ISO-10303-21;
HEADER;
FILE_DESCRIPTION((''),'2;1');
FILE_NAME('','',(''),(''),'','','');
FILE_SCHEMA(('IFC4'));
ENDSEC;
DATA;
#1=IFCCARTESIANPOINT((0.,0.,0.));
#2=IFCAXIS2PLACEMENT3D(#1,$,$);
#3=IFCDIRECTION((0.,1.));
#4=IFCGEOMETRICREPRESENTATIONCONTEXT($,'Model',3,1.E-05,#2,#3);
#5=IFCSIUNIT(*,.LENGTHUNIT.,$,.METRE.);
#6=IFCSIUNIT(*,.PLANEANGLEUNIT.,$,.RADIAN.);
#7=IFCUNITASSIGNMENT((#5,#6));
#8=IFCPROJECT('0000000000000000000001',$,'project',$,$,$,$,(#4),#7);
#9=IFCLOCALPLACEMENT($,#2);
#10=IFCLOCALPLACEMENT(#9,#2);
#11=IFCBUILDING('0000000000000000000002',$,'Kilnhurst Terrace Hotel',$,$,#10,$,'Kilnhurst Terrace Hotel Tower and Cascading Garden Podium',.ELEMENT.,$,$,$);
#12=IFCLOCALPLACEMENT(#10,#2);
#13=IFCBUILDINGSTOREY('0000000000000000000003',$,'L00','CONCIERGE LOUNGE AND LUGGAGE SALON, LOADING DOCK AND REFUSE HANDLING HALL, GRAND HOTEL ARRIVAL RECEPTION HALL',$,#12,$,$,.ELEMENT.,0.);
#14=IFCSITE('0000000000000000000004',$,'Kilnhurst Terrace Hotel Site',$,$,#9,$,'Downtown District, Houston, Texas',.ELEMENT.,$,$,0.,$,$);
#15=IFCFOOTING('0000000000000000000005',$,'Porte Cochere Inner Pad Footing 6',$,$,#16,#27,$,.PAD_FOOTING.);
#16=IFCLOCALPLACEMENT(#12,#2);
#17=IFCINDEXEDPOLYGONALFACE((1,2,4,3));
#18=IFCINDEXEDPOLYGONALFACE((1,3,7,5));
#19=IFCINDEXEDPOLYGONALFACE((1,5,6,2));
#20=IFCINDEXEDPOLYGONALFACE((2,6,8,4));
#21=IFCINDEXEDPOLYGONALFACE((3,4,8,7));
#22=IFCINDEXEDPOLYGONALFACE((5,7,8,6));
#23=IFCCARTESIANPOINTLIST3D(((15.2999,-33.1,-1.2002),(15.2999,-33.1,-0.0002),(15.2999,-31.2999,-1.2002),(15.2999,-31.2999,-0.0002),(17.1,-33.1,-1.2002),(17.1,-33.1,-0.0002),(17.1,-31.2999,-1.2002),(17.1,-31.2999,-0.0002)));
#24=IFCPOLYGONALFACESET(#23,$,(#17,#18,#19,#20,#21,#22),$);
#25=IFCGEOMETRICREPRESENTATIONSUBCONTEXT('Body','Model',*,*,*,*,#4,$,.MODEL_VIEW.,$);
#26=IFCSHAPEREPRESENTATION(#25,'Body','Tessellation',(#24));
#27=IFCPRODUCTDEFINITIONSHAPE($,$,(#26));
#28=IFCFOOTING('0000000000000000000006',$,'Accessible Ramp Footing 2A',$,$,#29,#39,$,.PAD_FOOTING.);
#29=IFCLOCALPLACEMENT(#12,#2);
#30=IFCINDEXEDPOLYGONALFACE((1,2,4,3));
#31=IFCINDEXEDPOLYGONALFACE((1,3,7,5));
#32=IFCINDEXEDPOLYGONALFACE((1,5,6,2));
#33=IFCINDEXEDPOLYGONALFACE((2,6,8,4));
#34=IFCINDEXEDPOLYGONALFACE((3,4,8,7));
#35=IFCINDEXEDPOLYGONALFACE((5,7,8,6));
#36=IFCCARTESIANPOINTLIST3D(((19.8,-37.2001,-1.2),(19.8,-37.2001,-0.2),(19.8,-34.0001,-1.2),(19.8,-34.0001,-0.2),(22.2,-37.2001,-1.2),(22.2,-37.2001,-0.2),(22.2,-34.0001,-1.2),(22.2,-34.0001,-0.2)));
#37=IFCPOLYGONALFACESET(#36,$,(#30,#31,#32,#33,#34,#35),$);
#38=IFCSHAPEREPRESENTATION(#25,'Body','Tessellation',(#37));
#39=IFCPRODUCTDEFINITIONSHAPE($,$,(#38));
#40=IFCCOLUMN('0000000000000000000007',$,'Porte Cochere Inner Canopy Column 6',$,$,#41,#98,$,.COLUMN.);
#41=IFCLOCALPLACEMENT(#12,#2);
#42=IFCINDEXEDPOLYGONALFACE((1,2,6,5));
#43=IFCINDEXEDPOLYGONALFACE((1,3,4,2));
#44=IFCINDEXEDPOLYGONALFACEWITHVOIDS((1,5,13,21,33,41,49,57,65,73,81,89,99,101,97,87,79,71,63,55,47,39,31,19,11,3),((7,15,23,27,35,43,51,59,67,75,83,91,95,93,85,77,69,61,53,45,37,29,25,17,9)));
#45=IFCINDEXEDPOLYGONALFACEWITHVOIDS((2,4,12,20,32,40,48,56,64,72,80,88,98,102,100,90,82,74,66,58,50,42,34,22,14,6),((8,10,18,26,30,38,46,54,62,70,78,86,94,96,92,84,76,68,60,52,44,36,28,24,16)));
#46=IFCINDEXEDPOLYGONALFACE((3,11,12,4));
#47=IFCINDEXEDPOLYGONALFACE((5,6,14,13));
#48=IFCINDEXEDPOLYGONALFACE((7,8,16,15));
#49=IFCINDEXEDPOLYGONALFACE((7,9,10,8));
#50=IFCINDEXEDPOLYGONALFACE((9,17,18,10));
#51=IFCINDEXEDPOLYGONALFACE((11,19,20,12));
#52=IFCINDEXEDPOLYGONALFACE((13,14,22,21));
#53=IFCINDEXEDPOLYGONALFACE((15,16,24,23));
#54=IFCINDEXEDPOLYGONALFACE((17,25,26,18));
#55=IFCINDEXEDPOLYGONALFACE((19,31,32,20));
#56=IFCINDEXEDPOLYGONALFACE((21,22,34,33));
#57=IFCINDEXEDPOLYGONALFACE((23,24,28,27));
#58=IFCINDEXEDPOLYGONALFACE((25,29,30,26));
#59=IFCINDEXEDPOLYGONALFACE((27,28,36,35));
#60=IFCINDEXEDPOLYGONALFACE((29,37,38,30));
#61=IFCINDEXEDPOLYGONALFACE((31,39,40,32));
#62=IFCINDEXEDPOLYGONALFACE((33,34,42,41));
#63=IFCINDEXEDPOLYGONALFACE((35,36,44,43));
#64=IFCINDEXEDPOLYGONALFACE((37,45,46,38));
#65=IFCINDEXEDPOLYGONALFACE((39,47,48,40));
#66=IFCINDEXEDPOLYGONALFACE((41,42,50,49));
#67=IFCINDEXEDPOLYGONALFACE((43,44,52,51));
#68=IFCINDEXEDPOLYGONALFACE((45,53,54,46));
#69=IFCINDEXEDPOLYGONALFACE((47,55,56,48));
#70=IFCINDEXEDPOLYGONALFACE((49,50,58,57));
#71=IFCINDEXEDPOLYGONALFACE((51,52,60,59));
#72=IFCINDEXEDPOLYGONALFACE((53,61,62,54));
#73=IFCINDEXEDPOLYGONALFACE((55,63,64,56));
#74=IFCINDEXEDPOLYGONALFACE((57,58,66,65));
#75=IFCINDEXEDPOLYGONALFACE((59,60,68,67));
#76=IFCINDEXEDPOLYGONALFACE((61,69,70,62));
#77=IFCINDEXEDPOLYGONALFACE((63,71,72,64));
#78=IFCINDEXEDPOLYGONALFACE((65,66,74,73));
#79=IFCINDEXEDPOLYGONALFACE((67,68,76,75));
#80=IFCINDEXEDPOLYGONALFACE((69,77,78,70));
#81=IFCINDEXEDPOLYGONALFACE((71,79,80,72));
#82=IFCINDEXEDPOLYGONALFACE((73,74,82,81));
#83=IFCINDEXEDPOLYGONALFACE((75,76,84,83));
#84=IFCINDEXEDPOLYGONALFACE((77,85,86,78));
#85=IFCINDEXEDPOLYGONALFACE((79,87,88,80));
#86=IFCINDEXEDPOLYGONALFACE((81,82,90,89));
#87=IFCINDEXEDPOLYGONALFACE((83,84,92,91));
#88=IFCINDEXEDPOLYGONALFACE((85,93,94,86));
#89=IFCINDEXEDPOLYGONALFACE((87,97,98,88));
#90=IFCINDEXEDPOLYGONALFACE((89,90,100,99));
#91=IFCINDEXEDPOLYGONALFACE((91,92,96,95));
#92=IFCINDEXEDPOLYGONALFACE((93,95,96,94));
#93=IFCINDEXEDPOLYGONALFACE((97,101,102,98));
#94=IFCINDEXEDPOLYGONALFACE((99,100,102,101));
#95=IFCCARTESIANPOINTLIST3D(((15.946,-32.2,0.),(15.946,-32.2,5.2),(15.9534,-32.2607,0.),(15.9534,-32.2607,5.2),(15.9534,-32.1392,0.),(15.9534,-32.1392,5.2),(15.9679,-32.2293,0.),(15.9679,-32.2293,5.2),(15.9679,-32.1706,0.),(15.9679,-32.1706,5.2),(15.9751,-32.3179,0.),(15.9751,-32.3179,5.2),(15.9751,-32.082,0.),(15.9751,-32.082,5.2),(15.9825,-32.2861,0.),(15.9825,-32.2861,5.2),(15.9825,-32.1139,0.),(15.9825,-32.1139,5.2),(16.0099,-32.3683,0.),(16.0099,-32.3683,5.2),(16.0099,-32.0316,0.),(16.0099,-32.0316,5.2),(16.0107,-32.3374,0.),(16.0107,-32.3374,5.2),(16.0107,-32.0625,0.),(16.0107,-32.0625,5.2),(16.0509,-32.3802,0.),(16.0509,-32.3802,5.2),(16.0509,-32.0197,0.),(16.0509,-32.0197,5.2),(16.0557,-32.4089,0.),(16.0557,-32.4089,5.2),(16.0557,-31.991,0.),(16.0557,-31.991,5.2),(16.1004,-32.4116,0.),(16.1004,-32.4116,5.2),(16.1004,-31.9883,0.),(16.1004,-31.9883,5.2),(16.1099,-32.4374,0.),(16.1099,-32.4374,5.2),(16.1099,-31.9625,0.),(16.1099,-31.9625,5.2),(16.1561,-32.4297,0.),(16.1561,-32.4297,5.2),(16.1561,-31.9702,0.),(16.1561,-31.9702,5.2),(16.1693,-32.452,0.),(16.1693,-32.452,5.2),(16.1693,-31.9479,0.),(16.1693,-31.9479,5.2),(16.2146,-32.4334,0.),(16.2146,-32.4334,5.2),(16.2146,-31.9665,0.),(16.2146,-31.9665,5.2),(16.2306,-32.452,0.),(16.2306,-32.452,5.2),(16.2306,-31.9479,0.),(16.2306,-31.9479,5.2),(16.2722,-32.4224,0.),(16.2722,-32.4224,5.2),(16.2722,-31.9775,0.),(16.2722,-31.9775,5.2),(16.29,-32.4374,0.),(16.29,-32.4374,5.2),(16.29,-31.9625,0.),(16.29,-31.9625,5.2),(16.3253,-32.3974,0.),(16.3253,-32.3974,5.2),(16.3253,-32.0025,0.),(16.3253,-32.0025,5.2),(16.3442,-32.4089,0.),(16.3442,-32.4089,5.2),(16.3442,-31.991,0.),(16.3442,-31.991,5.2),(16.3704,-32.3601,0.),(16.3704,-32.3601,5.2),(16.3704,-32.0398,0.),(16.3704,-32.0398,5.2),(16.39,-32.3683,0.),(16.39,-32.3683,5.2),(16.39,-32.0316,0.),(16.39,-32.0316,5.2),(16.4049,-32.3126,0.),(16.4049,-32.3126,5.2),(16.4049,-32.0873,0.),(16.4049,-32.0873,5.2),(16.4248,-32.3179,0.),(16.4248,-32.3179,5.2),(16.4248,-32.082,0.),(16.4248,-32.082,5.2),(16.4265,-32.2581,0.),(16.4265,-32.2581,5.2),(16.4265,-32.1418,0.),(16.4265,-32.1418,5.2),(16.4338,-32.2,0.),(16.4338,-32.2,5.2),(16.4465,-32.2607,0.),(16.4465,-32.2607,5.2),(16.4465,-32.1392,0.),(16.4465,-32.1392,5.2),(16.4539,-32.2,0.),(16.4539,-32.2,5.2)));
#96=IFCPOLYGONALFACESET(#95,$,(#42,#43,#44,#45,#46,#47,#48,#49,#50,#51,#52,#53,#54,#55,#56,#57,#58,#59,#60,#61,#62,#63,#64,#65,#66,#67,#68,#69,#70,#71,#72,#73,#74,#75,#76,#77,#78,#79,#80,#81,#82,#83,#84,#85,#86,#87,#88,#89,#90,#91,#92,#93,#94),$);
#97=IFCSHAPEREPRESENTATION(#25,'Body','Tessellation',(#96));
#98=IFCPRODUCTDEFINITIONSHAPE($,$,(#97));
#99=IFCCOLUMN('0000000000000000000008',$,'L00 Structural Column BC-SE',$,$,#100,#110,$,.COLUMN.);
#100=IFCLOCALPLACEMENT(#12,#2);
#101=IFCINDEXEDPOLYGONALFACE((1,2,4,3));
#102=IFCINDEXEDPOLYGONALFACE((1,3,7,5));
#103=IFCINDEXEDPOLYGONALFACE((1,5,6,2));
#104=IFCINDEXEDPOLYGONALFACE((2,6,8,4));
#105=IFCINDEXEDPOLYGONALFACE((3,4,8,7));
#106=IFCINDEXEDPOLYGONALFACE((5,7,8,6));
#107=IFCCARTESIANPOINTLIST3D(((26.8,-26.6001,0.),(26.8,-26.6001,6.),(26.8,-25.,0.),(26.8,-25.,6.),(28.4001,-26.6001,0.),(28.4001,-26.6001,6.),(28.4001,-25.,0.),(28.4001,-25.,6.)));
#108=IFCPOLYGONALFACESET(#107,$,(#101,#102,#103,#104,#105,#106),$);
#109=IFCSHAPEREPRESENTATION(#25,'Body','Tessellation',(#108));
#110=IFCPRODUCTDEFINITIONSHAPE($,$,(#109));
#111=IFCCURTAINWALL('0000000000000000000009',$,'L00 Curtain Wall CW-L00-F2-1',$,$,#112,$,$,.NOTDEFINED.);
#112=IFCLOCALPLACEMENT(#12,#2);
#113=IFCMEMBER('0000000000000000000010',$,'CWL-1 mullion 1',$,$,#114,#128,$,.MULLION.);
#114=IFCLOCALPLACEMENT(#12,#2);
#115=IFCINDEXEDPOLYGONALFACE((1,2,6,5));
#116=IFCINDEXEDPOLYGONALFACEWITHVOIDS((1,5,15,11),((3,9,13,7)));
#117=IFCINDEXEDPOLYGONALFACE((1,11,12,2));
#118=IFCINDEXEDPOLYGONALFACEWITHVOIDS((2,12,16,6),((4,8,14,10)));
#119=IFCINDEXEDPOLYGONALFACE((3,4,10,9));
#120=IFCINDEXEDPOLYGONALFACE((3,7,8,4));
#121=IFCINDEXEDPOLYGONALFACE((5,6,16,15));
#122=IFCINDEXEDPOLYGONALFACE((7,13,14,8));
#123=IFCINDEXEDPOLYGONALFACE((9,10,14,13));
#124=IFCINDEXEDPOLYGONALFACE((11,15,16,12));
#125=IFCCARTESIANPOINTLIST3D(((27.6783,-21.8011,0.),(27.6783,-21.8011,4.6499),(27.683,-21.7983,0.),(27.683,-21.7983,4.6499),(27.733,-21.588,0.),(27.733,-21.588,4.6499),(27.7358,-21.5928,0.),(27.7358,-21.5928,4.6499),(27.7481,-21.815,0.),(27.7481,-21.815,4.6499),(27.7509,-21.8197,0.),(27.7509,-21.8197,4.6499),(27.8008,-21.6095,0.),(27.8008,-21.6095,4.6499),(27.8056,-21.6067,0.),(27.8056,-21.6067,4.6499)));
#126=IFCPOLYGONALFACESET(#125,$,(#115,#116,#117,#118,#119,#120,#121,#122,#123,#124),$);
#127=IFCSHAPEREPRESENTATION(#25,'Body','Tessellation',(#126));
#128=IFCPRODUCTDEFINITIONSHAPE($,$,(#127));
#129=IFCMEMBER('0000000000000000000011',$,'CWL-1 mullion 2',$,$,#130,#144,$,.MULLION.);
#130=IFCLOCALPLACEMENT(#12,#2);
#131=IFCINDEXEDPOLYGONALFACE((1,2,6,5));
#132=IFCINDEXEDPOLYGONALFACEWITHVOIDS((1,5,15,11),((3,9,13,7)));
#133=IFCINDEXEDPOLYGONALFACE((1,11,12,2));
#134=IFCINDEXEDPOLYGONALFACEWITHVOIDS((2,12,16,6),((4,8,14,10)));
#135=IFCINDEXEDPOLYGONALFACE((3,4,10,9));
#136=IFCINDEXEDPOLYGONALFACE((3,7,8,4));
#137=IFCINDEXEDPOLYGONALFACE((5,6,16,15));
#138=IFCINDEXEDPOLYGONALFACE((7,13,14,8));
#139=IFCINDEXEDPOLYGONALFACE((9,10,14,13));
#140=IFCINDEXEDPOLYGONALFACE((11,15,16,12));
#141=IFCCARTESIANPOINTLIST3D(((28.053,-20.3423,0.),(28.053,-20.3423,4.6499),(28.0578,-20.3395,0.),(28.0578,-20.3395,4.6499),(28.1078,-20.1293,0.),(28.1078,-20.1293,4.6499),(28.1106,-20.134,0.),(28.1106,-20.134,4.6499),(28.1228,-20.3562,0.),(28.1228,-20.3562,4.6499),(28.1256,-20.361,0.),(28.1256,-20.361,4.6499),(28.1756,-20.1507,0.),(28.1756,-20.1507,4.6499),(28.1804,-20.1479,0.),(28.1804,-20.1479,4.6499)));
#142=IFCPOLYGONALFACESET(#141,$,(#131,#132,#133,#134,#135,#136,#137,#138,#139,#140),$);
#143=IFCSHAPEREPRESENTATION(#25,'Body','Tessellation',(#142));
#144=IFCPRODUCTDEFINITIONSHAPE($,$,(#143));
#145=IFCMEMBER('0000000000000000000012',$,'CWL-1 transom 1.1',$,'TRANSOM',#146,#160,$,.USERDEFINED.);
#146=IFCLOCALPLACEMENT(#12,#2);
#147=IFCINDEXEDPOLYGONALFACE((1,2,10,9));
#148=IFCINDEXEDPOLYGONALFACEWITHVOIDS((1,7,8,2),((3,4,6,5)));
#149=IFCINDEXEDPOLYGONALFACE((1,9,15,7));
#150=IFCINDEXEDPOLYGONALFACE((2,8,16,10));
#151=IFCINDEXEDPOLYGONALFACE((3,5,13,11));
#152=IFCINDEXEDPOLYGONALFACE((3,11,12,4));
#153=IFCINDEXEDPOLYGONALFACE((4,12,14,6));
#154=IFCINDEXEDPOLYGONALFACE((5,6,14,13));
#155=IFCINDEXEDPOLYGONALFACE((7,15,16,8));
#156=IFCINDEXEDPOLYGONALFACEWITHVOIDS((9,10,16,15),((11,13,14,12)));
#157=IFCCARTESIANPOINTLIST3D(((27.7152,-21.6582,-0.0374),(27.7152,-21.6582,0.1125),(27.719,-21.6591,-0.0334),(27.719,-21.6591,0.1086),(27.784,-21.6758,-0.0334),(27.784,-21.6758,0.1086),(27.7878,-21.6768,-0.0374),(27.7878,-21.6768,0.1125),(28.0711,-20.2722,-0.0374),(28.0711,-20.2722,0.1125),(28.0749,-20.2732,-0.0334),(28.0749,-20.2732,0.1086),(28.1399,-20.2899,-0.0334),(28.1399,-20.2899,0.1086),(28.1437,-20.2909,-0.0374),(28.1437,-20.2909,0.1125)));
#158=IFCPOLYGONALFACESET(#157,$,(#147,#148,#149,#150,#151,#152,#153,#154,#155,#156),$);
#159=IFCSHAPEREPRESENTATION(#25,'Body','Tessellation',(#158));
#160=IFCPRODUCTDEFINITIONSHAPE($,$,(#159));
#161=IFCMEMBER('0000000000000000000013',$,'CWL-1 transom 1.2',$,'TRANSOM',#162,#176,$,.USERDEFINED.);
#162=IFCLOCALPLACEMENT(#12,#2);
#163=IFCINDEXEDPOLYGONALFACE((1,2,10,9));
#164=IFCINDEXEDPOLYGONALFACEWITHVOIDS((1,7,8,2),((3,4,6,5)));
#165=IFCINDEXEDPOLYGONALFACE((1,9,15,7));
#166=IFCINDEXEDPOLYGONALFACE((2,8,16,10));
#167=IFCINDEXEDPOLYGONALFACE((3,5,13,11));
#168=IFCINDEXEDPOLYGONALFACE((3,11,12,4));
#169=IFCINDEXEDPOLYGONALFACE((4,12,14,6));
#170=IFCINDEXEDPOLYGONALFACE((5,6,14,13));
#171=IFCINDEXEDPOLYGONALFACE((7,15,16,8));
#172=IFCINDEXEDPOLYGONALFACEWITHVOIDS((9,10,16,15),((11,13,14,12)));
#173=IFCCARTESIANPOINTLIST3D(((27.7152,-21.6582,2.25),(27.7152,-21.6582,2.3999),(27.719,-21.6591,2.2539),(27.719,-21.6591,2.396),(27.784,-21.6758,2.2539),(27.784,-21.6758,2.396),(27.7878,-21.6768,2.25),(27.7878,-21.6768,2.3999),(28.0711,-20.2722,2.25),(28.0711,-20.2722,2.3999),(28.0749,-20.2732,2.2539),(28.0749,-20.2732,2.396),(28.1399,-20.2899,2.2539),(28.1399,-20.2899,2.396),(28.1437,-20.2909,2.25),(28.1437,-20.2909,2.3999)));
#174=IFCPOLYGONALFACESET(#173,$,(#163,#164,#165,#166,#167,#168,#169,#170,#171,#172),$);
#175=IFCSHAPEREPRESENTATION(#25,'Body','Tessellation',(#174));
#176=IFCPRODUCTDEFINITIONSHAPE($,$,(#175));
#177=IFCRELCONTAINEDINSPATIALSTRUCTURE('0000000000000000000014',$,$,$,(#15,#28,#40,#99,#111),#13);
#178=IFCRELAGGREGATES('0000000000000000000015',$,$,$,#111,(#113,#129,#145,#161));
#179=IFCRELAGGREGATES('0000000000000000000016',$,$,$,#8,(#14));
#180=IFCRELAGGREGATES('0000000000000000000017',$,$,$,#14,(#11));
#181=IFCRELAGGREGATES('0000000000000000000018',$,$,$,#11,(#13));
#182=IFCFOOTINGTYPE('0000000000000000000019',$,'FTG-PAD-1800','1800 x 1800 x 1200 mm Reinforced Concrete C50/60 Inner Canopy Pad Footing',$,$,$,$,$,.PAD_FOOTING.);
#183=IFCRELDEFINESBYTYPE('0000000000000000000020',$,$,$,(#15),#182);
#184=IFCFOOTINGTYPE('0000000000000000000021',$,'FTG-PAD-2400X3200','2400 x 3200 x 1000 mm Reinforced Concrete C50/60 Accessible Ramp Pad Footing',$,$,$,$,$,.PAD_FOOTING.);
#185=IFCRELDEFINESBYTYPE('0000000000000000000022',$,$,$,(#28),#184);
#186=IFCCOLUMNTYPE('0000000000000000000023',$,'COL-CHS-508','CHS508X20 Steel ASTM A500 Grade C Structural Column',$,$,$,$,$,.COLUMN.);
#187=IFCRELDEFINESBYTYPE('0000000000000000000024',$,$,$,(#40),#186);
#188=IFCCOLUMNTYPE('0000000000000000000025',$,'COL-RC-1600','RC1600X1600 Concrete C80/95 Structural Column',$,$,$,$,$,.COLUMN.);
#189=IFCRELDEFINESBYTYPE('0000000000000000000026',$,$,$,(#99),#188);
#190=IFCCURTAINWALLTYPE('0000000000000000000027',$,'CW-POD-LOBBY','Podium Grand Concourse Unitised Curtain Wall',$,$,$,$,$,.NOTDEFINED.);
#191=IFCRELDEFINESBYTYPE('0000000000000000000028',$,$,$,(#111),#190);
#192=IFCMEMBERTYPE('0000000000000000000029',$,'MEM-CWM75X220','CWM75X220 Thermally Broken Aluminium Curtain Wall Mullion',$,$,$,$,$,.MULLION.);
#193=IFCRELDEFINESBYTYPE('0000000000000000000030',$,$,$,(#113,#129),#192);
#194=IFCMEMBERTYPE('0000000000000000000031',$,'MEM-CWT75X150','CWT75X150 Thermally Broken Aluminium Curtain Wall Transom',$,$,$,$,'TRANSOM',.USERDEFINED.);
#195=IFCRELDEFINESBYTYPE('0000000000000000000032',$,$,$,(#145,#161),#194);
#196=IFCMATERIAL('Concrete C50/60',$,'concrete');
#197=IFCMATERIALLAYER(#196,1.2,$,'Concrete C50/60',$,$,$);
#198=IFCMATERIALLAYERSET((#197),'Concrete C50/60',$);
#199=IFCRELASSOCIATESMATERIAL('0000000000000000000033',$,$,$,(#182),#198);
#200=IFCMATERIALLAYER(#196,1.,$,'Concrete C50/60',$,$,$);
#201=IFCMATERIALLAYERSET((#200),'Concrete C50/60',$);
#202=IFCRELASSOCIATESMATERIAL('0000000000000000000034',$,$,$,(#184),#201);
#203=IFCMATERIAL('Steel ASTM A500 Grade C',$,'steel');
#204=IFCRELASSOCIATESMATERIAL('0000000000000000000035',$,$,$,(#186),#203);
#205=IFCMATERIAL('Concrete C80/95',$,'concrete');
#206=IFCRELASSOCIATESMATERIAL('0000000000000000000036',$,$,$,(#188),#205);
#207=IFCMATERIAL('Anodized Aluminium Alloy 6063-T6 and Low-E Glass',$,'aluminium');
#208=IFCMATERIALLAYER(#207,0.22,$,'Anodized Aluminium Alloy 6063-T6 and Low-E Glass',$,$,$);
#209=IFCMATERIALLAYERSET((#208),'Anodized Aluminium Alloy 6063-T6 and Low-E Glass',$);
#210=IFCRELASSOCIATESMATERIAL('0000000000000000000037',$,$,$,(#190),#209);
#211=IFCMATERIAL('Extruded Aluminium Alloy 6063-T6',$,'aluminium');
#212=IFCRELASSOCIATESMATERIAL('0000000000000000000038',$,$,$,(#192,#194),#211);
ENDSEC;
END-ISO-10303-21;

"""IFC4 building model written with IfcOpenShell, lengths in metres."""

from ifc_helpers import new_model, si_unit, direction, frame, origin, origin_2d, place, context, subcontext, project, spatial, rectangle, hollow_rectangle, hollow_circle, extrude, material, layer, layer_set, material_profile, profile_set, type_object, element, aggregate, save


model = new_model("IFC4")

# Units and contexts
model_context = context("Model", 3, precision=1e-05, world=origin(), true_north=direction((0.0, 1.0)))
body_context = subcontext(model_context, "Body", "Model", "MODEL_VIEW")
ifc_project = project(units=[si_unit("LENGTHUNIT", "METRE"), si_unit("PLANEANGLEUNIT", "RADIAN")], contexts=[model_context])

# Site, building, storey
site_placement = place(None, origin())
site = spatial("IfcSite", under=ifc_project, at=site_placement, Name="Kilnhurst Terrace Hotel Site", LongName="Downtown District, Houston, Texas", CompositionType="ELEMENT", RefElevation=0.0)
building_placement = place(site_placement, origin())
building = spatial("IfcBuilding", under=site, at=building_placement, Name="Kilnhurst Terrace Hotel", LongName="Kilnhurst Terrace Hotel Tower and Cascading Garden Podium", CompositionType="ELEMENT")
storey_placement = place(building_placement, origin())
storey = spatial("IfcBuildingStorey", under=building, at=storey_placement, Name="L00", Description="CONCIERGE LOUNGE AND LUGGAGE SALON, LOADING DOCK AND REFUSE HANDLING HALL, GRAND HOTEL ARRIVAL RECEPTION HALL", CompositionType="ELEMENT", Elevation=0.0)

# Footings
ifc_material_1 = material(Name="Concrete C50/60", Category="concrete")
ifc_layer_1 = layer(ifc_material_1, 1.2, Name="Concrete C50/60")
ifc_layer_set_1 = layer_set([ifc_layer_1], Name="Concrete C50/60")
footing_type_1 = type_object("IfcFootingType", Name="FTG-PAD-1800", Description="1800 x 1800 x 1200 mm Reinforced Concrete C50/60 Inner Canopy Pad Footing", PredefinedType="PAD_FOOTING", material=ifc_layer_set_1)
footing_1_placement = place(storey_placement, frame((16.2, -32.2, -1.2002), z_axis=(0.0, 0.0, 1.0), x_axis=(1.0, 0.0, 0.0)))
element("IfcFooting", 1, at=footing_1_placement, inside=storey, type_object=footing_type_1, Name="Porte Cochere Inner Pad Footing 6", PredefinedType="PAD_FOOTING", context=body_context, shape_type="SweptSolid", body=[
    extrude(rectangle(XDim=1.8, YDim=1.8, at=origin_2d()), origin(), (0.0, 0.0, 1.0), 1.2),
])
ifc_layer_2 = layer(ifc_material_1, 1.0, Name="Concrete C50/60")
ifc_layer_set_2 = layer_set([ifc_layer_2], Name="Concrete C50/60")
footing_type_2 = type_object("IfcFootingType", Name="FTG-PAD-2400X3200", Description="2400 x 3200 x 1000 mm Reinforced Concrete C50/60 Accessible Ramp Pad Footing", PredefinedType="PAD_FOOTING", material=ifc_layer_set_2)
footing_2_placement = place(storey_placement, frame((21.0, -35.6001, -1.2), z_axis=(0.0, 0.0, 1.0), x_axis=(1.0, 0.0, 0.0)))
element("IfcFooting", 2, at=footing_2_placement, inside=storey, type_object=footing_type_2, Name="Accessible Ramp Footing 2A", PredefinedType="PAD_FOOTING", context=body_context, shape_type="SweptSolid", body=[
    extrude(rectangle(XDim=2.3999, YDim=3.2, at=origin_2d()), origin(), (0.0, 0.0, 1.0), 1.0),
])

# Columns
ifc_material_2 = material(Name="Steel ASTM A500 Grade C", Category="steel")
ifc_material_profile_1 = material_profile(ifc_material_2, hollow_circle(Radius=0.2539, WallThickness=0.02, at=origin_2d()), Name="CHS508X20")
ifc_profile_set_1 = profile_set([ifc_material_profile_1], Name="Steel ASTM A500 Grade C")
column_type_1 = type_object("IfcColumnType", Name="COL-CHS-508", Description="CHS508X20 Steel ASTM A500 Grade C Structural Column", PredefinedType="COLUMN", material=ifc_profile_set_1)
column_1_placement = place(storey_placement, frame((16.2, -32.2, 0.0), z_axis=(0.0, 0.0, 1.0), x_axis=(1.0, 0.0, 0.0)))
element("IfcColumn", 3, at=column_1_placement, inside=storey, type_object=column_type_1, Name="Porte Cochere Inner Canopy Column 6", PredefinedType="COLUMN", context=body_context, shape_type="SweptSolid", body=[
    extrude(hollow_circle(Radius=0.2539, WallThickness=0.02, at=origin_2d()), origin(), (0.0, 0.0, 1.0), 5.2),
])
ifc_material_3 = material(Name="Concrete C80/95", Category="concrete")
ifc_material_profile_2 = material_profile(ifc_material_3, rectangle(XDim=1.6001, YDim=1.6001, at=origin_2d()), Name="RC1600X1600")
ifc_profile_set_2 = profile_set([ifc_material_profile_2], Name="Concrete C80/95")
column_type_2 = type_object("IfcColumnType", Name="COL-RC-1600", Description="RC1600X1600 Concrete C80/95 Structural Column", PredefinedType="COLUMN", material=ifc_profile_set_2)
column_2_placement = place(storey_placement, frame((27.6001, -25.8, 0.0), z_axis=(0.0, 0.0, 1.0), x_axis=(1.0, 0.0, 0.0)))
element("IfcColumn", 4, at=column_2_placement, inside=storey, type_object=column_type_2, Name="L00 Structural Column BC-SE", PredefinedType="COLUMN", context=body_context, shape_type="SweptSolid", body=[
    extrude(rectangle(XDim=1.6001, YDim=1.6001, at=origin_2d()), origin(), (0.0, 0.0, 1.0), 6.0),
])

# Curtain wall, members
ifc_material_4 = material(Name="Anodized Aluminium Alloy 6063-T6 and Low-E Glass", Category="aluminium")
ifc_layer_3 = layer(ifc_material_4, 0.22, Name="Anodized Aluminium Alloy 6063-T6 and Low-E Glass")
ifc_layer_set_3 = layer_set([ifc_layer_3], Name="Anodized Aluminium Alloy 6063-T6 and Low-E Glass")
curtain_wall_type = type_object("IfcCurtainWallType", Name="CW-POD-LOBBY", Description="Podium Grand Concourse Unitised Curtain Wall", PredefinedType="NOTDEFINED", material=ifc_layer_set_3)
curtain_wall_placement = place(storey_placement, origin())
curtain_wall = element("IfcCurtainWall", 5, at=curtain_wall_placement, inside=storey, type_object=curtain_wall_type, Name="L00 Curtain Wall CW-L00-F2-1", PredefinedType="NOTDEFINED")
ifc_material_5 = material(Name="Extruded Aluminium Alloy 6063-T6", Category="aluminium")
ifc_material_profile_3 = material_profile(ifc_material_5, hollow_rectangle(XDim=0.075, YDim=0.22, WallThickness=0.0039, at=origin_2d()), Name="CWM75X220")
ifc_profile_set_3 = profile_set([ifc_material_profile_3], Name="Extruded Aluminium Alloy 6063-T6")
member_type_1 = type_object("IfcMemberType", Name="MEM-CWM75X220", Description="CWM75X220 Thermally Broken Aluminium Curtain Wall Mullion", PredefinedType="MULLION", material=ifc_profile_set_3)
member_1_placement = place(storey_placement, frame((27.7419, -21.7039, 0.0), z_axis=(0.0, 0.0, 1.0), x_axis=(-0.96857, 0.24874, 0.0)))
member_1 = element("IfcMember", 6, at=member_1_placement, type_object=member_type_1, Name="CWL-1 mullion 1", PredefinedType="MULLION", context=body_context, shape_type="SweptSolid", body=[
    extrude(hollow_rectangle(XDim=0.075, YDim=0.22, WallThickness=0.0039, at=origin_2d()), origin(), (0.0, 0.0, 1.0), 4.6499),
])
member_2_placement = place(storey_placement, frame((28.1167, -20.2451, 0.0), z_axis=(0.0, 0.0, 1.0), x_axis=(-0.96857, 0.24874, 0.0)))
member_2 = element("IfcMember", 7, at=member_2_placement, type_object=member_type_1, Name="CWL-1 mullion 2", PredefinedType="MULLION", context=body_context, shape_type="SweptSolid", body=[
    extrude(hollow_rectangle(XDim=0.075, YDim=0.22, WallThickness=0.0039, at=origin_2d()), origin(), (0.0, 0.0, 1.0), 4.6499),
])
ifc_material_profile_4 = material_profile(ifc_material_5, hollow_rectangle(XDim=0.075, YDim=0.1499, WallThickness=0.0039, at=origin_2d()), Name="CWT75X150")
ifc_profile_set_4 = profile_set([ifc_material_profile_4], Name="Extruded Aluminium Alloy 6063-T6")
member_type_2 = type_object("IfcMemberType", Name="MEM-CWT75X150", Description="CWT75X150 Thermally Broken Aluminium Curtain Wall Transom", ElementType="TRANSOM", PredefinedType="USERDEFINED", material=ifc_profile_set_4)
member_3_placement = place(storey_placement, frame((27.7515, -21.6675, 0.0376), z_axis=(0.248753, 0.968567, 0.0), x_axis=(-0.968567, 0.248753, 0.0)))
member_3 = element("IfcMember", 8, at=member_3_placement, type_object=member_type_2, Name="CWL-1 transom 1.1", ObjectType="TRANSOM", PredefinedType="USERDEFINED", context=body_context, shape_type="SweptSolid", body=[
    extrude(hollow_rectangle(XDim=0.075, YDim=0.1499, WallThickness=0.0039, at=origin_2d()), origin(), (0.0, 0.0, 1.0), 1.4309),
])
member_4_placement = place(storey_placement, frame((27.7515, -21.6675, 2.325), z_axis=(0.248753, 0.968567, 0.0), x_axis=(-0.968567, 0.248753, 0.0)))
member_4 = element("IfcMember", 9, at=member_4_placement, type_object=member_type_2, Name="CWL-1 transom 1.2", ObjectType="TRANSOM", PredefinedType="USERDEFINED", context=body_context, shape_type="SweptSolid", body=[
    extrude(hollow_rectangle(XDim=0.075, YDim=0.1499, WallThickness=0.0039, at=origin_2d()), origin(), (0.0, 0.0, 1.0), 1.4309),
])

aggregate(curtain_wall, [member_1, member_2, member_3, member_4])

save(model, "model.ifc")
